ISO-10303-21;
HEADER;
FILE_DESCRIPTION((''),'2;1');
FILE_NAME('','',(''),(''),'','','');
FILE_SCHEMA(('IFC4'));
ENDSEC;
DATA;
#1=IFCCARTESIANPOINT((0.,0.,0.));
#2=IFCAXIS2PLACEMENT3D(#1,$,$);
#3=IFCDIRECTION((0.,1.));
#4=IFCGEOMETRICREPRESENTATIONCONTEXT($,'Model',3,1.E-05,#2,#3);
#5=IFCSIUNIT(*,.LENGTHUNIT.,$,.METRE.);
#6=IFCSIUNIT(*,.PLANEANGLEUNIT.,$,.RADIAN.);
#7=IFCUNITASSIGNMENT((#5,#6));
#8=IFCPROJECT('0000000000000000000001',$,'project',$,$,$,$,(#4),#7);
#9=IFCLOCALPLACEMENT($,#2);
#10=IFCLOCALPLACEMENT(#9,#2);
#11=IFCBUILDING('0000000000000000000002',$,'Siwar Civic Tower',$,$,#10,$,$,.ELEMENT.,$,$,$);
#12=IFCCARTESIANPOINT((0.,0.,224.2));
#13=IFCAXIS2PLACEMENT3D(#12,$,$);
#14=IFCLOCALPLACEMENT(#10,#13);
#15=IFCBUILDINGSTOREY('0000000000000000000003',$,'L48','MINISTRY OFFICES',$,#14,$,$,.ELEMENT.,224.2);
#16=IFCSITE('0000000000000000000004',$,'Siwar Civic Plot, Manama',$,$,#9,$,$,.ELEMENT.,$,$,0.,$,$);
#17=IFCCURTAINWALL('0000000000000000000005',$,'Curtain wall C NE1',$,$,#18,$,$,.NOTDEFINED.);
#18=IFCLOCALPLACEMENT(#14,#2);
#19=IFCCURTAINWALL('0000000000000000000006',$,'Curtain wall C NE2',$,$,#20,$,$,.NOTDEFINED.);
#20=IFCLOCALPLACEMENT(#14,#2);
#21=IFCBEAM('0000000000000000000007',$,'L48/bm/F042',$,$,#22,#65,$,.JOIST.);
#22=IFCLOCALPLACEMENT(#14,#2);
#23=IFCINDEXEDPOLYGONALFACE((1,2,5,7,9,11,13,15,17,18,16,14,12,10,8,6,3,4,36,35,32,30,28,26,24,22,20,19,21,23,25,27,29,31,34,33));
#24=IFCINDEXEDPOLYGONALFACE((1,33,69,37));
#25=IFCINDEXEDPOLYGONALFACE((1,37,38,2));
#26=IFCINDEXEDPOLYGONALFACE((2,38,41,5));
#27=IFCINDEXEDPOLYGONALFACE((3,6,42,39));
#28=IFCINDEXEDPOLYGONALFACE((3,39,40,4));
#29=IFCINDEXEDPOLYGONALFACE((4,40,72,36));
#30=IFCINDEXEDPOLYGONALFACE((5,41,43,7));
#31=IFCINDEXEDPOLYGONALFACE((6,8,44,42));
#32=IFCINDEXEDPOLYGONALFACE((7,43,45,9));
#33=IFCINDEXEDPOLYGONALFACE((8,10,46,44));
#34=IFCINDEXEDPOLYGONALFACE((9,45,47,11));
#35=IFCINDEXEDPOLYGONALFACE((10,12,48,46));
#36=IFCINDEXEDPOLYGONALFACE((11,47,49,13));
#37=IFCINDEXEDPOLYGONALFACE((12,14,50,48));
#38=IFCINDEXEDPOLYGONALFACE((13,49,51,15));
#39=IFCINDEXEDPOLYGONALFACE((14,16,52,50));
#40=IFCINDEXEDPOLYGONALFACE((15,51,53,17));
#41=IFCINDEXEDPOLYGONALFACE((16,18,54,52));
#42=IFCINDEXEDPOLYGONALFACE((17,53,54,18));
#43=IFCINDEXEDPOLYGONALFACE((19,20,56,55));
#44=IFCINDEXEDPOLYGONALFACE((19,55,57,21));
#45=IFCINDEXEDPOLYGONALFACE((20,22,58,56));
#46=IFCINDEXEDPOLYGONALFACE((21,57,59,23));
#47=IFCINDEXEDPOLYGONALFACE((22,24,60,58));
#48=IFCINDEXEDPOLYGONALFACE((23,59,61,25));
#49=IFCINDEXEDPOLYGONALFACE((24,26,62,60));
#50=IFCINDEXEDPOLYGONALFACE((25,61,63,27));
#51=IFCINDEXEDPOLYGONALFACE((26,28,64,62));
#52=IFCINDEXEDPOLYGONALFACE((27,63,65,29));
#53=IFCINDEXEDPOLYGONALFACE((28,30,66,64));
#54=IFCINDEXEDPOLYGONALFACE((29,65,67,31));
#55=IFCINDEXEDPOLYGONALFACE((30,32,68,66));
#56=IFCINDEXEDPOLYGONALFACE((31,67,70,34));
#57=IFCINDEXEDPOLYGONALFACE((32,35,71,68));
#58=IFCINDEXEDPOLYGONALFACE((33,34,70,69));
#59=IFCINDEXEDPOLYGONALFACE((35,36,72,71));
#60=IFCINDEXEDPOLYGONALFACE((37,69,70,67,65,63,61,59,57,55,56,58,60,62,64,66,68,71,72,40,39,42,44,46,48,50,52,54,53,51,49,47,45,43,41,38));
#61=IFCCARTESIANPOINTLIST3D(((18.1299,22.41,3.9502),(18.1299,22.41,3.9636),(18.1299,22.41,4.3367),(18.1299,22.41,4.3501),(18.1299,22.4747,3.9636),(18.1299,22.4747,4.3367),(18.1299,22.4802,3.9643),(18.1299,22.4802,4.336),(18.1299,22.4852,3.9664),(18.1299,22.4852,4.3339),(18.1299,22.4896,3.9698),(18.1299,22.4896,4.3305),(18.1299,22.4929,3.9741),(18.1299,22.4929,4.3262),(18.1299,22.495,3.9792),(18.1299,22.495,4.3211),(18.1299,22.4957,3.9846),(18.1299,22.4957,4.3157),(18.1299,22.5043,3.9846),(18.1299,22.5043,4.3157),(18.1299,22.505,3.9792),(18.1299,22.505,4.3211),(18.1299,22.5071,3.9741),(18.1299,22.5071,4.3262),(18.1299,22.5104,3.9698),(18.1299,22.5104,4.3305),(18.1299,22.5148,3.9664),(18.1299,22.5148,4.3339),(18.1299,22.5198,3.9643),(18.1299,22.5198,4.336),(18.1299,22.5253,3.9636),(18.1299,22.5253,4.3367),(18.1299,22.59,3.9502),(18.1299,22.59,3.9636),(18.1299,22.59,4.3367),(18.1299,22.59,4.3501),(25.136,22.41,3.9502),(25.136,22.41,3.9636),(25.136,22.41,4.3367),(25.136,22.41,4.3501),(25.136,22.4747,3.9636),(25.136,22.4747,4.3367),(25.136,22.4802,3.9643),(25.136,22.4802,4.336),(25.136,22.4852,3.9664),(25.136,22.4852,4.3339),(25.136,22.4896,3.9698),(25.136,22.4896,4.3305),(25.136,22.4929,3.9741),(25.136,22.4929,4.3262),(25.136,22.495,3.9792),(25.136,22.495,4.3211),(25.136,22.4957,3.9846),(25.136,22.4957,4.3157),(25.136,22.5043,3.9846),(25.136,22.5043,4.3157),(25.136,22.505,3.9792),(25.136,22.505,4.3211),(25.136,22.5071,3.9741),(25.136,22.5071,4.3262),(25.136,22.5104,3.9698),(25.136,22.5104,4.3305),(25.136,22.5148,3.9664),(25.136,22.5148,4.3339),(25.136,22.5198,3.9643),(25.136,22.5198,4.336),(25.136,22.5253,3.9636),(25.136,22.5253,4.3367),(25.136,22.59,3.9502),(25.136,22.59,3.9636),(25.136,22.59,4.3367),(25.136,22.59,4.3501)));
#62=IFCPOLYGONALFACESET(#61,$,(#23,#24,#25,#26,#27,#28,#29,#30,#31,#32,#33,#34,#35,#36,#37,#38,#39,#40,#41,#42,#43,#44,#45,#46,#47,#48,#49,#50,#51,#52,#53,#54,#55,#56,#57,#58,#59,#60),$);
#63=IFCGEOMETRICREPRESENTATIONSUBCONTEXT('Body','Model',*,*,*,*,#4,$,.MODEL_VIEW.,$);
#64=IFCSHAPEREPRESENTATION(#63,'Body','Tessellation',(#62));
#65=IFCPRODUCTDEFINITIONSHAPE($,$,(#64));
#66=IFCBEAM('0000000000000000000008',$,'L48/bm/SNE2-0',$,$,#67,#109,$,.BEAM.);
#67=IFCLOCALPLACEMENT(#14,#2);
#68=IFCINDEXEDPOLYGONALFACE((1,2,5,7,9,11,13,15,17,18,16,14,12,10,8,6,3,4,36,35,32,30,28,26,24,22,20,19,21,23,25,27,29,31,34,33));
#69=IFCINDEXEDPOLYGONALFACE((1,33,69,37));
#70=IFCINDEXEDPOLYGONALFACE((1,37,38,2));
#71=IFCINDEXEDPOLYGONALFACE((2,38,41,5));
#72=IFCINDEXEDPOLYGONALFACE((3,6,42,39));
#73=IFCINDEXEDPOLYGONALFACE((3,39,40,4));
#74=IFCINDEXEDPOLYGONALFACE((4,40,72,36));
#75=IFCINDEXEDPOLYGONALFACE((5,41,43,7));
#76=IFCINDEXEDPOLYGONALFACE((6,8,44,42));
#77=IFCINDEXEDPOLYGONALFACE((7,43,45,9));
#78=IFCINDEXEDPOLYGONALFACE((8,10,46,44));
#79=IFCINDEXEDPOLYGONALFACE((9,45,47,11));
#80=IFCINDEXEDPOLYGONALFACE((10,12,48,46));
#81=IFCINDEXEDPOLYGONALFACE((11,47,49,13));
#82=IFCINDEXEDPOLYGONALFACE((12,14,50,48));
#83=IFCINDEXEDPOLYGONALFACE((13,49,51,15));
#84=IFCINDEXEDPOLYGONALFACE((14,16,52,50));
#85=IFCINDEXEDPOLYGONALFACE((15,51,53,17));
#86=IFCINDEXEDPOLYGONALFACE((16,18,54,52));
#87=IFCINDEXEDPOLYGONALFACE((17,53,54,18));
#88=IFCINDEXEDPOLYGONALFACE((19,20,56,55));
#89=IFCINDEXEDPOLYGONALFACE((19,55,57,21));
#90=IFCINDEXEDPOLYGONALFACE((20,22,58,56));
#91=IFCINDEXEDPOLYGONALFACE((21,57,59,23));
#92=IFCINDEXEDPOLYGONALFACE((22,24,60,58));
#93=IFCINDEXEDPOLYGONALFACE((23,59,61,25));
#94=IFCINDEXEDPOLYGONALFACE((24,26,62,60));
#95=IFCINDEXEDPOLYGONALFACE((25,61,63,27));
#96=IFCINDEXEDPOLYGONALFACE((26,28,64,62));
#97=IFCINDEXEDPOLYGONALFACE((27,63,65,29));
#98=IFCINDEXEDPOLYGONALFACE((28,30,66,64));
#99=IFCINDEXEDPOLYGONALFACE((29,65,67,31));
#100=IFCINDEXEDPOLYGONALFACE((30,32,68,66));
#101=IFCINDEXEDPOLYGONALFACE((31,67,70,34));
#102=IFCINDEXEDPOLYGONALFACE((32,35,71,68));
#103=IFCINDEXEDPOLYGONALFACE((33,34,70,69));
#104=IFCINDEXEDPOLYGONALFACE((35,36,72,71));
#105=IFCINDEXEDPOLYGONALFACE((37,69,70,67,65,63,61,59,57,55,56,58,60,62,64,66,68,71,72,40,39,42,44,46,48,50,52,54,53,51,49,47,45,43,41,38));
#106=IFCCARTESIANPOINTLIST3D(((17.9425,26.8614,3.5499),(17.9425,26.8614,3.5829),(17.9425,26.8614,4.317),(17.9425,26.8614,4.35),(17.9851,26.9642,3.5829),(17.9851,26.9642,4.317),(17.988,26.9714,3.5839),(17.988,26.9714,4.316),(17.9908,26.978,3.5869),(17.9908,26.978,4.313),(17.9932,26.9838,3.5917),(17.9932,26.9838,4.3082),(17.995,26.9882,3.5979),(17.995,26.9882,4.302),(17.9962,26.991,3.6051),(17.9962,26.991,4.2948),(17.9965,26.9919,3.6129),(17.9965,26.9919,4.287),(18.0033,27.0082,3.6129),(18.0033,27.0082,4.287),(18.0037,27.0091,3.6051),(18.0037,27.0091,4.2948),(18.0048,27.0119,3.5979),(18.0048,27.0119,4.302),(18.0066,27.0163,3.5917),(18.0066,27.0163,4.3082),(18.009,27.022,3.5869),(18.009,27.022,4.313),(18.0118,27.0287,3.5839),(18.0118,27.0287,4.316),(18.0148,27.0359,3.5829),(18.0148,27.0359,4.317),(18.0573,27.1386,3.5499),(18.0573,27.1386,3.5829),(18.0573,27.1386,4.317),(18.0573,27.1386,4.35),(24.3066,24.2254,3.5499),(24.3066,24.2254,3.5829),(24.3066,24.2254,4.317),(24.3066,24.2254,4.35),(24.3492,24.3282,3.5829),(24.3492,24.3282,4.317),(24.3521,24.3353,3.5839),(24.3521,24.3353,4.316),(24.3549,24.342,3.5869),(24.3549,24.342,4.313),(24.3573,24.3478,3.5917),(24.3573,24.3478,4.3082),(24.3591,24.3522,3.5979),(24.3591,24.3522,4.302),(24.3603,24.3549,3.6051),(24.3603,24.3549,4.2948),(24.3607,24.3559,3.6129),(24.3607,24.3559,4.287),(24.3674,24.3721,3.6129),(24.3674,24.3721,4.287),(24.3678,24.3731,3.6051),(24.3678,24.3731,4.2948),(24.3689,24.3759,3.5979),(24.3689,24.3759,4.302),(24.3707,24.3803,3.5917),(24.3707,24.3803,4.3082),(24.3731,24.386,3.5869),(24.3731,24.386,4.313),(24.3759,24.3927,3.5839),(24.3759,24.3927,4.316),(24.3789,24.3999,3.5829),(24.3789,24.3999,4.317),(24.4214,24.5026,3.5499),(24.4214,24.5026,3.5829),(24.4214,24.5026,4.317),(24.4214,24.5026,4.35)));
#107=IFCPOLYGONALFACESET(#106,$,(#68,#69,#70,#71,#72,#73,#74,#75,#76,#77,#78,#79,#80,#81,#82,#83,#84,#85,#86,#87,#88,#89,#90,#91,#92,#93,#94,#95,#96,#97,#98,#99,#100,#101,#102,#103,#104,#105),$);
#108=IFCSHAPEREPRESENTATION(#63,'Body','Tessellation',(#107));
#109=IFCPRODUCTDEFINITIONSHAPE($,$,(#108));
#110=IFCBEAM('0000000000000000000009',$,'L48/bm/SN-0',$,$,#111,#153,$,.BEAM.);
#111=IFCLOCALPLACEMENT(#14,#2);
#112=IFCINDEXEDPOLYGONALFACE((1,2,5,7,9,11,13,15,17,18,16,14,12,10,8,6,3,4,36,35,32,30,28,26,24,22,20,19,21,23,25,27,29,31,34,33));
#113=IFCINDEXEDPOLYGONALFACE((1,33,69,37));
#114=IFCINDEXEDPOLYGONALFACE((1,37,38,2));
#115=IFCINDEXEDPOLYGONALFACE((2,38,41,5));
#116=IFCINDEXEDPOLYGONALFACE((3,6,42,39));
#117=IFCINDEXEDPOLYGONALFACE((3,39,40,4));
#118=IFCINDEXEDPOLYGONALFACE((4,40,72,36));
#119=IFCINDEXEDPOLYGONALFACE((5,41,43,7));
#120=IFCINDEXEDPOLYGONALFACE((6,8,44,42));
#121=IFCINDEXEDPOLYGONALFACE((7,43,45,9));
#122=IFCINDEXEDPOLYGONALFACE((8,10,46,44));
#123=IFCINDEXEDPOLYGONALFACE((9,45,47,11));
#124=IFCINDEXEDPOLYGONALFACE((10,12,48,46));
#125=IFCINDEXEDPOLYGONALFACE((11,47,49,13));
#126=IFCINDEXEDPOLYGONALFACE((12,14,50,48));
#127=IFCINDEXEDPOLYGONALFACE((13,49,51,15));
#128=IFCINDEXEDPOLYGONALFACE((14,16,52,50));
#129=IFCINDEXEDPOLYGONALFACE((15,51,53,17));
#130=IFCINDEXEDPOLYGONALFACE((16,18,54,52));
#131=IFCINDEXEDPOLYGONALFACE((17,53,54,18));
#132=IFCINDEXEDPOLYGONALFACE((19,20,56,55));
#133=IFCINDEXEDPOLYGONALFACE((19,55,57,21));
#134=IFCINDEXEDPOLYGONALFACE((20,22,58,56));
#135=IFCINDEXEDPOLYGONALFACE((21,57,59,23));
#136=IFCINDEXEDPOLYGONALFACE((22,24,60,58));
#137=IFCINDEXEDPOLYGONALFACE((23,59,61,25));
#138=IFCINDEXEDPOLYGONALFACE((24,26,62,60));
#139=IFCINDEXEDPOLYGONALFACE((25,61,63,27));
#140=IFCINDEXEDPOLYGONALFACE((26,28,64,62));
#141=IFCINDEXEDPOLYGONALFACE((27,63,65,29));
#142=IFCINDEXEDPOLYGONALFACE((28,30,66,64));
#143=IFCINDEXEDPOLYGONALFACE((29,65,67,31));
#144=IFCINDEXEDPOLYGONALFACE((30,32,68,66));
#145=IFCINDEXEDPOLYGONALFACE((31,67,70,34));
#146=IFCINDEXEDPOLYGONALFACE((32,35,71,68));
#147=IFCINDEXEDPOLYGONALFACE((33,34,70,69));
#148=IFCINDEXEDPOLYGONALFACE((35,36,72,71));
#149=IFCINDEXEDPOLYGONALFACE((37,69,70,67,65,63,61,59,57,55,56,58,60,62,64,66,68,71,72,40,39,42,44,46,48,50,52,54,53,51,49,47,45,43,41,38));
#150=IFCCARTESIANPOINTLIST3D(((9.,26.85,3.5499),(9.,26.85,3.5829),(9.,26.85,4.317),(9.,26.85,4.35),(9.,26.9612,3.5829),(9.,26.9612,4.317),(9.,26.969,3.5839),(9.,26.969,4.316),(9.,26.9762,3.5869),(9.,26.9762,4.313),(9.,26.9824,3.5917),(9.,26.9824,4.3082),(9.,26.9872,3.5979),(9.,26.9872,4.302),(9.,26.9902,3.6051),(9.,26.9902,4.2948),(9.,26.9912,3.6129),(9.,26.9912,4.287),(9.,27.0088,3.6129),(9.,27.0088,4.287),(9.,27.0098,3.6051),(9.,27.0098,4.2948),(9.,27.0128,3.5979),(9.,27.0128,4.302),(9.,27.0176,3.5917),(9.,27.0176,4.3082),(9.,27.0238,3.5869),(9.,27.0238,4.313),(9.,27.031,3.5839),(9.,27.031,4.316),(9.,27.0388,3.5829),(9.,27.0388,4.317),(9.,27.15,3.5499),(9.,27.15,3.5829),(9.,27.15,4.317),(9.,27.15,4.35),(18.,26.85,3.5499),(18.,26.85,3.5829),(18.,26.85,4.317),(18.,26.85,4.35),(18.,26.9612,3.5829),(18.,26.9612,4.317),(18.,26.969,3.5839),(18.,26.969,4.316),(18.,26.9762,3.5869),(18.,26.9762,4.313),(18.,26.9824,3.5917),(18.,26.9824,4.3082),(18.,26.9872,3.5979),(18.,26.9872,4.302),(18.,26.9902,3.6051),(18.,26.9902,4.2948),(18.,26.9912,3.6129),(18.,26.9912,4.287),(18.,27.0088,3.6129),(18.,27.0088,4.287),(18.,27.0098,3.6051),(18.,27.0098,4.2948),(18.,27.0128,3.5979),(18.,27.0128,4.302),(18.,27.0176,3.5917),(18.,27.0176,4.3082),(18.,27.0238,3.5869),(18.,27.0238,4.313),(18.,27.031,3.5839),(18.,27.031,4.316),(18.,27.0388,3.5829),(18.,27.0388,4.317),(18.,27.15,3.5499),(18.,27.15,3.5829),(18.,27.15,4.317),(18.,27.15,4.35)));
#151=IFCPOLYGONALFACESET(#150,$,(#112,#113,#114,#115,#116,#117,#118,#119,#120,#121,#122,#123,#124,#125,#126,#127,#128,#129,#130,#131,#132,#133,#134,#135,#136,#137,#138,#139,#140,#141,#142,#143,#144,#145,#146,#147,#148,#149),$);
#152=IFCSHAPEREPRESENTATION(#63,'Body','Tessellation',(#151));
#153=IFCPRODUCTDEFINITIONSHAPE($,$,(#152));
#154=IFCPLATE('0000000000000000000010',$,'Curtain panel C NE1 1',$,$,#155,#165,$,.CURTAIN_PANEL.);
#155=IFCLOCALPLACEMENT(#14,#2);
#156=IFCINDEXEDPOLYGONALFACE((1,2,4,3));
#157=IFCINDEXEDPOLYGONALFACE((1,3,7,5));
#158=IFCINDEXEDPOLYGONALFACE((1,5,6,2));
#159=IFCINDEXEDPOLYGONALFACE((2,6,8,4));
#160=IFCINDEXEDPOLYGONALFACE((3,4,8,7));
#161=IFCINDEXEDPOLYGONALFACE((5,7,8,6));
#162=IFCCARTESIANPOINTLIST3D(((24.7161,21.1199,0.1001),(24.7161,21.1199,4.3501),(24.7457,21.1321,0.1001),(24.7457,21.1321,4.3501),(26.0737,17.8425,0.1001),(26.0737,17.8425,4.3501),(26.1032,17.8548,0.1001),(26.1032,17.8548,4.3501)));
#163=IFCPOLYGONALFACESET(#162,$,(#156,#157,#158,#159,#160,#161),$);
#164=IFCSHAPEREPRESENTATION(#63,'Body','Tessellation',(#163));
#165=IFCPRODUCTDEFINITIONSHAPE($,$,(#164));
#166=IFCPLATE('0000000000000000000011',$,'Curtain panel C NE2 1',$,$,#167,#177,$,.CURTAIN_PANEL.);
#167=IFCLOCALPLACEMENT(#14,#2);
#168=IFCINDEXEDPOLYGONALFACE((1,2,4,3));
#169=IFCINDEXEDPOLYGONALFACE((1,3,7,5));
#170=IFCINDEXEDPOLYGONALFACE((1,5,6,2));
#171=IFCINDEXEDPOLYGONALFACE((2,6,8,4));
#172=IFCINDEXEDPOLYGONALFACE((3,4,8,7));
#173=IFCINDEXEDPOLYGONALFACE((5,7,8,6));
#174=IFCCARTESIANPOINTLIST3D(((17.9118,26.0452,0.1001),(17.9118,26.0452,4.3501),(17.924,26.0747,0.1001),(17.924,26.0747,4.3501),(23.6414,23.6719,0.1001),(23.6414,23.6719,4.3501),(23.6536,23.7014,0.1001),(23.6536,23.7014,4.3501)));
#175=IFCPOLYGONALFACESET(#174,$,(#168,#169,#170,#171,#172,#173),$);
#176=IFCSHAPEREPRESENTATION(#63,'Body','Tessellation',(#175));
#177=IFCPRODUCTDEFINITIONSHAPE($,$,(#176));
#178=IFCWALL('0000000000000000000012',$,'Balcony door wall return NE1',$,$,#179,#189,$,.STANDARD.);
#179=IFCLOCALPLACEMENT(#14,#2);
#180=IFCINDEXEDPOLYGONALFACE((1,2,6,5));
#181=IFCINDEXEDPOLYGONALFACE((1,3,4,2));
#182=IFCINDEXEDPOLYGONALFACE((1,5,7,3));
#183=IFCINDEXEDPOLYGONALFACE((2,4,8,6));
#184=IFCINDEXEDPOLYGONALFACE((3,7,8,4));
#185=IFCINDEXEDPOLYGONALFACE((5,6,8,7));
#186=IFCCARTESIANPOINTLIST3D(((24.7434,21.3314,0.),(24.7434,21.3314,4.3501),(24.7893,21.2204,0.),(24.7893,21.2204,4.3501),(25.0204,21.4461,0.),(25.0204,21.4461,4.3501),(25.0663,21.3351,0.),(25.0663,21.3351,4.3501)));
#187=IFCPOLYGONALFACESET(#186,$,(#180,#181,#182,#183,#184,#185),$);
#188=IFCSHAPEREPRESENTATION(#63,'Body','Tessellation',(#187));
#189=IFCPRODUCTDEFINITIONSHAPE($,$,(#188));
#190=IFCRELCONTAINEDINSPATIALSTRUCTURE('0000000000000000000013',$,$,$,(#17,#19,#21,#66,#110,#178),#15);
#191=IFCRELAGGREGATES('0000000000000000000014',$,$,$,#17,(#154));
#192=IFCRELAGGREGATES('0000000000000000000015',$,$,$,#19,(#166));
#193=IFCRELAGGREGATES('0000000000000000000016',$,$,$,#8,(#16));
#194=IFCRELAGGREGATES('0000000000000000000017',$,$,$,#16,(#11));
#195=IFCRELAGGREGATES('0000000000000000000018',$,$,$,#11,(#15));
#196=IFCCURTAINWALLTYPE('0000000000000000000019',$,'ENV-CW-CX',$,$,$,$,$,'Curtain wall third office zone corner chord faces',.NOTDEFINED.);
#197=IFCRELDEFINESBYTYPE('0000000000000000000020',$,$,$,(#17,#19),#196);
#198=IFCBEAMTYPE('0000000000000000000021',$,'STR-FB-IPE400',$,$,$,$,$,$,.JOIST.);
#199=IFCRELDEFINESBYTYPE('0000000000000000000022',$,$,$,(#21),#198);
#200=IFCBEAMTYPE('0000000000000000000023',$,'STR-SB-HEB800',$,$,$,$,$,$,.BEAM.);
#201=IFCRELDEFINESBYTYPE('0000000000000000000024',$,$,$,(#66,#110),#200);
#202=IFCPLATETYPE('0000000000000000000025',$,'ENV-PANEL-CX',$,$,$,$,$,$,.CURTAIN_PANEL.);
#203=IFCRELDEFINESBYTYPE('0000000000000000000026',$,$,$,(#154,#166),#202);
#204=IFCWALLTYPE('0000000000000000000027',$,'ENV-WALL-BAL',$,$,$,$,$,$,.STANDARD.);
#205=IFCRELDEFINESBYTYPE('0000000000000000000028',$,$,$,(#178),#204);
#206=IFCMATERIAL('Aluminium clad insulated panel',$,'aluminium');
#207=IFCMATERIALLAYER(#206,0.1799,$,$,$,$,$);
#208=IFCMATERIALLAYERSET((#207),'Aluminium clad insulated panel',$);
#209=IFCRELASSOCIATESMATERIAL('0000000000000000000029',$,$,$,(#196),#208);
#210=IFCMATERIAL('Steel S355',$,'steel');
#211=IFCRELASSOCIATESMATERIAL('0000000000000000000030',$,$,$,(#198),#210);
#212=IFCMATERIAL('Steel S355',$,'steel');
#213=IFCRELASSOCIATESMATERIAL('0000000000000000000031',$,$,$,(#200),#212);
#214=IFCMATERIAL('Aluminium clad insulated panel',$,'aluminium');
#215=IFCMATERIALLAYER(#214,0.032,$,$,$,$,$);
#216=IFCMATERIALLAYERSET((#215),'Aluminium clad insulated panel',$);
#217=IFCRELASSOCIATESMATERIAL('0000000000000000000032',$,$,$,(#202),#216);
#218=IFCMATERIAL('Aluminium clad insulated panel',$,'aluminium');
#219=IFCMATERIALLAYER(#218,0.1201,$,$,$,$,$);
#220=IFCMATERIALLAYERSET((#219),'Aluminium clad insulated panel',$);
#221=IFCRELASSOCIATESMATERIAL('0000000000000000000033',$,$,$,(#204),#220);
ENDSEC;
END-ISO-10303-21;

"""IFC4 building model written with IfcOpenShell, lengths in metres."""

from ifc_helpers import new_model, si_unit, direction, frame, frame_2d, origin, origin_2d, place, context, subcontext, project, spatial, rectangle, i_section, extrude, material, layer, layer_set, material_profile, profile_set, type_object, element, aggregate, save


model = new_model("IFC4")

# Units and contexts
model_context = context("Model", 3, precision=1e-05, world=origin(), true_north=direction((0.0, 1.0)))
body_context = subcontext(model_context, "Body", "Model", "MODEL_VIEW")
ifc_project = project(units=[si_unit("LENGTHUNIT", "METRE"), si_unit("PLANEANGLEUNIT", "RADIAN")], contexts=[model_context])

# Site, building, storey
site_placement = place(None, origin())
site = spatial("IfcSite", under=ifc_project, at=site_placement, Name="Siwar Civic Plot, Manama", CompositionType="ELEMENT", RefElevation=0.0)
building_placement = place(site_placement, origin())
building = spatial("IfcBuilding", under=site, at=building_placement, Name="Siwar Civic Tower", CompositionType="ELEMENT")
storey_placement = place(building_placement, frame((0.0, 0.0, 224.2)))
storey = spatial("IfcBuildingStorey", under=building, at=storey_placement, Name="L48", Description="MINISTRY OFFICES", CompositionType="ELEMENT", Elevation=224.2)

# Curtain wall
ifc_material_1 = material(Name="Aluminium clad insulated panel", Category="aluminium")
ifc_layer_1 = layer(ifc_material_1, 0.1799)
ifc_layer_set_1 = layer_set([ifc_layer_1], Name="Aluminium clad insulated panel")
curtain_wall_type = type_object("IfcCurtainWallType", Name="ENV-CW-CX", ElementType="Curtain wall third office zone corner chord faces", PredefinedType="NOTDEFINED", material=ifc_layer_set_1)
curtain_wall_1_placement = place(storey_placement, origin())
curtain_wall_1 = element("IfcCurtainWall", 1, at=curtain_wall_1_placement, inside=storey, type_object=curtain_wall_type, Name="Curtain wall C NE1", PredefinedType="NOTDEFINED")

# Curtain wall
curtain_wall_2_placement = place(storey_placement, origin())
curtain_wall_2 = element("IfcCurtainWall", 2, at=curtain_wall_2_placement, inside=storey, type_object=curtain_wall_type, Name="Curtain wall C NE2", PredefinedType="NOTDEFINED")

# Beams
ifc_material_2 = material(Name="Steel S355", Category="steel")
ifc_material_profile_1 = material_profile(ifc_material_2, i_section(OverallWidth=0.1799, OverallDepth=0.3999, WebThickness=0.0085, FlangeThickness=0.0134, FilletRadius=0.021, at=origin_2d()), Name="IPE400")
ifc_profile_set_1 = profile_set([ifc_material_profile_1], Name="Steel S355")
beam_type_1 = type_object("IfcBeamType", Name="STR-FB-IPE400", PredefinedType="JOIST", material=ifc_profile_set_1)
beam_1_placement = place(storey_placement, frame((18.1299, 22.5, 4.1501), z_axis=(1.0, 0.0, 0.0), x_axis=(0.0, 1.0, 0.0)))
element("IfcBeam", 3, at=beam_1_placement, inside=storey, type_object=beam_type_1, Name="L48/bm/F042", PredefinedType="JOIST", context=body_context, shape_type="SweptSolid", body=[
    extrude(i_section(OverallWidth=0.1799, OverallDepth=0.3999, WebThickness=0.0085, FlangeThickness=0.0134, FilletRadius=0.021, at=origin_2d()), origin(), (0.0, 0.0, 1.0), 7.0061),
])
ifc_material_3 = material(Name="Steel S355", Category="steel")
ifc_material_profile_2 = material_profile(ifc_material_3, i_section(OverallWidth=0.3, OverallDepth=0.8, WebThickness=0.0176, FlangeThickness=0.033, FilletRadius=0.03, at=origin_2d()), Name="HEB800")
ifc_profile_set_2 = profile_set([ifc_material_profile_2], Name="Steel S355")
beam_type_2 = type_object("IfcBeamType", Name="STR-SB-HEB800", PredefinedType="BEAM", material=ifc_profile_set_2)
beam_2_placement = place(storey_placement, frame((24.364, 24.364, 3.95), z_axis=(-0.923883, 0.382674, 0.0), x_axis=(-0.382674, -0.923883, 0.0)))
element("IfcBeam", 4, at=beam_2_placement, inside=storey, type_object=beam_type_2, Name="L48/bm/SNE2-0", PredefinedType="BEAM", context=body_context, shape_type="SweptSolid", body=[
    extrude(i_section(OverallWidth=0.3, OverallDepth=0.8, WebThickness=0.0176, FlangeThickness=0.033, FilletRadius=0.03, at=origin_2d()), origin(), (0.0, 0.0, 1.0), 6.8884),
])
beam_3_placement = place(storey_placement, frame((18.0, 27.0, 3.95), z_axis=(-1.0, 0.0, 0.0), x_axis=(0.0, -1.0, 0.0)))
element("IfcBeam", 5, at=beam_3_placement, inside=storey, type_object=beam_type_2, Name="L48/bm/SN-0", PredefinedType="BEAM", context=body_context, shape_type="SweptSolid", body=[
    extrude(i_section(OverallWidth=0.3, OverallDepth=0.8, WebThickness=0.0176, FlangeThickness=0.033, FilletRadius=0.03, at=origin_2d()), origin(), (0.0, 0.0, 1.0), 9.0),
])

# Plates
ifc_material_4 = material(Name="Aluminium clad insulated panel", Category="aluminium")
ifc_layer_2 = layer(ifc_material_4, 0.032)
ifc_layer_set_2 = layer_set([ifc_layer_2], Name="Aluminium clad insulated panel")
plate_type = type_object("IfcPlateType", Name="ENV-PANEL-CX", PredefinedType="CURTAIN_PANEL", material=ifc_layer_set_2)
plate_1_placement = place(storey_placement, frame((25.4097, 19.4873, 0.1001), z_axis=(0.0, 0.0, 1.0), x_axis=(-0.382683, 0.92388, 0.0)))
plate_1 = element("IfcPlate", 6, at=plate_1_placement, type_object=plate_type, Name="Curtain panel C NE1 1", PredefinedType="CURTAIN_PANEL", context=body_context, shape_type="SweptSolid", body=[
    extrude(rectangle(XDim=3.5474, YDim=0.032, at=origin_2d()), origin(), (0.0, 0.0, 1.0), 4.25),
])
aggregate(curtain_wall_1, [plate_1])
plate_2_placement = place(storey_placement, frame((20.7827, 24.8733, 0.1001), z_axis=(0.0, 0.0, 1.0), x_axis=(-0.92388, 0.382683, 0.0)))
plate_2 = element("IfcPlate", 7, at=plate_2_placement, type_object=plate_type, Name="Curtain panel C NE2 1", PredefinedType="CURTAIN_PANEL", context=body_context, shape_type="SweptSolid", body=[
    extrude(rectangle(XDim=6.2017, YDim=0.032, at=origin_2d()), origin(), (0.0, 0.0, 1.0), 4.25),
])
aggregate(curtain_wall_2, [plate_2])

# Wall
ifc_material_5 = material(Name="Aluminium clad insulated panel", Category="aluminium")
ifc_layer_3 = layer(ifc_material_5, 0.1201)
ifc_layer_set_3 = layer_set([ifc_layer_3], Name="Aluminium clad insulated panel")
wall_type = type_object("IfcWallType", Name="ENV-WALL-BAL", PredefinedType="STANDARD", material=ifc_layer_set_3)
wall_1_placement = place(storey_placement, frame((24.7664, 21.2759, 0.0), z_axis=(0.0, 0.0, 1.0), x_axis=(0.923918, 0.382591, 0.0)))
element("IfcWall", 8, at=wall_1_placement, inside=storey, type_object=wall_type, Name="Balcony door wall return NE1", PredefinedType="STANDARD", context=body_context, shape_type="SweptSolid", body=[
    extrude(rectangle(XDim=0.2998, YDim=0.1201, at=frame_2d((0.1499, 0.0))), origin(), (0.0, 0.0, 1.0), 4.3501),
])

save(model, "model.ifc")
